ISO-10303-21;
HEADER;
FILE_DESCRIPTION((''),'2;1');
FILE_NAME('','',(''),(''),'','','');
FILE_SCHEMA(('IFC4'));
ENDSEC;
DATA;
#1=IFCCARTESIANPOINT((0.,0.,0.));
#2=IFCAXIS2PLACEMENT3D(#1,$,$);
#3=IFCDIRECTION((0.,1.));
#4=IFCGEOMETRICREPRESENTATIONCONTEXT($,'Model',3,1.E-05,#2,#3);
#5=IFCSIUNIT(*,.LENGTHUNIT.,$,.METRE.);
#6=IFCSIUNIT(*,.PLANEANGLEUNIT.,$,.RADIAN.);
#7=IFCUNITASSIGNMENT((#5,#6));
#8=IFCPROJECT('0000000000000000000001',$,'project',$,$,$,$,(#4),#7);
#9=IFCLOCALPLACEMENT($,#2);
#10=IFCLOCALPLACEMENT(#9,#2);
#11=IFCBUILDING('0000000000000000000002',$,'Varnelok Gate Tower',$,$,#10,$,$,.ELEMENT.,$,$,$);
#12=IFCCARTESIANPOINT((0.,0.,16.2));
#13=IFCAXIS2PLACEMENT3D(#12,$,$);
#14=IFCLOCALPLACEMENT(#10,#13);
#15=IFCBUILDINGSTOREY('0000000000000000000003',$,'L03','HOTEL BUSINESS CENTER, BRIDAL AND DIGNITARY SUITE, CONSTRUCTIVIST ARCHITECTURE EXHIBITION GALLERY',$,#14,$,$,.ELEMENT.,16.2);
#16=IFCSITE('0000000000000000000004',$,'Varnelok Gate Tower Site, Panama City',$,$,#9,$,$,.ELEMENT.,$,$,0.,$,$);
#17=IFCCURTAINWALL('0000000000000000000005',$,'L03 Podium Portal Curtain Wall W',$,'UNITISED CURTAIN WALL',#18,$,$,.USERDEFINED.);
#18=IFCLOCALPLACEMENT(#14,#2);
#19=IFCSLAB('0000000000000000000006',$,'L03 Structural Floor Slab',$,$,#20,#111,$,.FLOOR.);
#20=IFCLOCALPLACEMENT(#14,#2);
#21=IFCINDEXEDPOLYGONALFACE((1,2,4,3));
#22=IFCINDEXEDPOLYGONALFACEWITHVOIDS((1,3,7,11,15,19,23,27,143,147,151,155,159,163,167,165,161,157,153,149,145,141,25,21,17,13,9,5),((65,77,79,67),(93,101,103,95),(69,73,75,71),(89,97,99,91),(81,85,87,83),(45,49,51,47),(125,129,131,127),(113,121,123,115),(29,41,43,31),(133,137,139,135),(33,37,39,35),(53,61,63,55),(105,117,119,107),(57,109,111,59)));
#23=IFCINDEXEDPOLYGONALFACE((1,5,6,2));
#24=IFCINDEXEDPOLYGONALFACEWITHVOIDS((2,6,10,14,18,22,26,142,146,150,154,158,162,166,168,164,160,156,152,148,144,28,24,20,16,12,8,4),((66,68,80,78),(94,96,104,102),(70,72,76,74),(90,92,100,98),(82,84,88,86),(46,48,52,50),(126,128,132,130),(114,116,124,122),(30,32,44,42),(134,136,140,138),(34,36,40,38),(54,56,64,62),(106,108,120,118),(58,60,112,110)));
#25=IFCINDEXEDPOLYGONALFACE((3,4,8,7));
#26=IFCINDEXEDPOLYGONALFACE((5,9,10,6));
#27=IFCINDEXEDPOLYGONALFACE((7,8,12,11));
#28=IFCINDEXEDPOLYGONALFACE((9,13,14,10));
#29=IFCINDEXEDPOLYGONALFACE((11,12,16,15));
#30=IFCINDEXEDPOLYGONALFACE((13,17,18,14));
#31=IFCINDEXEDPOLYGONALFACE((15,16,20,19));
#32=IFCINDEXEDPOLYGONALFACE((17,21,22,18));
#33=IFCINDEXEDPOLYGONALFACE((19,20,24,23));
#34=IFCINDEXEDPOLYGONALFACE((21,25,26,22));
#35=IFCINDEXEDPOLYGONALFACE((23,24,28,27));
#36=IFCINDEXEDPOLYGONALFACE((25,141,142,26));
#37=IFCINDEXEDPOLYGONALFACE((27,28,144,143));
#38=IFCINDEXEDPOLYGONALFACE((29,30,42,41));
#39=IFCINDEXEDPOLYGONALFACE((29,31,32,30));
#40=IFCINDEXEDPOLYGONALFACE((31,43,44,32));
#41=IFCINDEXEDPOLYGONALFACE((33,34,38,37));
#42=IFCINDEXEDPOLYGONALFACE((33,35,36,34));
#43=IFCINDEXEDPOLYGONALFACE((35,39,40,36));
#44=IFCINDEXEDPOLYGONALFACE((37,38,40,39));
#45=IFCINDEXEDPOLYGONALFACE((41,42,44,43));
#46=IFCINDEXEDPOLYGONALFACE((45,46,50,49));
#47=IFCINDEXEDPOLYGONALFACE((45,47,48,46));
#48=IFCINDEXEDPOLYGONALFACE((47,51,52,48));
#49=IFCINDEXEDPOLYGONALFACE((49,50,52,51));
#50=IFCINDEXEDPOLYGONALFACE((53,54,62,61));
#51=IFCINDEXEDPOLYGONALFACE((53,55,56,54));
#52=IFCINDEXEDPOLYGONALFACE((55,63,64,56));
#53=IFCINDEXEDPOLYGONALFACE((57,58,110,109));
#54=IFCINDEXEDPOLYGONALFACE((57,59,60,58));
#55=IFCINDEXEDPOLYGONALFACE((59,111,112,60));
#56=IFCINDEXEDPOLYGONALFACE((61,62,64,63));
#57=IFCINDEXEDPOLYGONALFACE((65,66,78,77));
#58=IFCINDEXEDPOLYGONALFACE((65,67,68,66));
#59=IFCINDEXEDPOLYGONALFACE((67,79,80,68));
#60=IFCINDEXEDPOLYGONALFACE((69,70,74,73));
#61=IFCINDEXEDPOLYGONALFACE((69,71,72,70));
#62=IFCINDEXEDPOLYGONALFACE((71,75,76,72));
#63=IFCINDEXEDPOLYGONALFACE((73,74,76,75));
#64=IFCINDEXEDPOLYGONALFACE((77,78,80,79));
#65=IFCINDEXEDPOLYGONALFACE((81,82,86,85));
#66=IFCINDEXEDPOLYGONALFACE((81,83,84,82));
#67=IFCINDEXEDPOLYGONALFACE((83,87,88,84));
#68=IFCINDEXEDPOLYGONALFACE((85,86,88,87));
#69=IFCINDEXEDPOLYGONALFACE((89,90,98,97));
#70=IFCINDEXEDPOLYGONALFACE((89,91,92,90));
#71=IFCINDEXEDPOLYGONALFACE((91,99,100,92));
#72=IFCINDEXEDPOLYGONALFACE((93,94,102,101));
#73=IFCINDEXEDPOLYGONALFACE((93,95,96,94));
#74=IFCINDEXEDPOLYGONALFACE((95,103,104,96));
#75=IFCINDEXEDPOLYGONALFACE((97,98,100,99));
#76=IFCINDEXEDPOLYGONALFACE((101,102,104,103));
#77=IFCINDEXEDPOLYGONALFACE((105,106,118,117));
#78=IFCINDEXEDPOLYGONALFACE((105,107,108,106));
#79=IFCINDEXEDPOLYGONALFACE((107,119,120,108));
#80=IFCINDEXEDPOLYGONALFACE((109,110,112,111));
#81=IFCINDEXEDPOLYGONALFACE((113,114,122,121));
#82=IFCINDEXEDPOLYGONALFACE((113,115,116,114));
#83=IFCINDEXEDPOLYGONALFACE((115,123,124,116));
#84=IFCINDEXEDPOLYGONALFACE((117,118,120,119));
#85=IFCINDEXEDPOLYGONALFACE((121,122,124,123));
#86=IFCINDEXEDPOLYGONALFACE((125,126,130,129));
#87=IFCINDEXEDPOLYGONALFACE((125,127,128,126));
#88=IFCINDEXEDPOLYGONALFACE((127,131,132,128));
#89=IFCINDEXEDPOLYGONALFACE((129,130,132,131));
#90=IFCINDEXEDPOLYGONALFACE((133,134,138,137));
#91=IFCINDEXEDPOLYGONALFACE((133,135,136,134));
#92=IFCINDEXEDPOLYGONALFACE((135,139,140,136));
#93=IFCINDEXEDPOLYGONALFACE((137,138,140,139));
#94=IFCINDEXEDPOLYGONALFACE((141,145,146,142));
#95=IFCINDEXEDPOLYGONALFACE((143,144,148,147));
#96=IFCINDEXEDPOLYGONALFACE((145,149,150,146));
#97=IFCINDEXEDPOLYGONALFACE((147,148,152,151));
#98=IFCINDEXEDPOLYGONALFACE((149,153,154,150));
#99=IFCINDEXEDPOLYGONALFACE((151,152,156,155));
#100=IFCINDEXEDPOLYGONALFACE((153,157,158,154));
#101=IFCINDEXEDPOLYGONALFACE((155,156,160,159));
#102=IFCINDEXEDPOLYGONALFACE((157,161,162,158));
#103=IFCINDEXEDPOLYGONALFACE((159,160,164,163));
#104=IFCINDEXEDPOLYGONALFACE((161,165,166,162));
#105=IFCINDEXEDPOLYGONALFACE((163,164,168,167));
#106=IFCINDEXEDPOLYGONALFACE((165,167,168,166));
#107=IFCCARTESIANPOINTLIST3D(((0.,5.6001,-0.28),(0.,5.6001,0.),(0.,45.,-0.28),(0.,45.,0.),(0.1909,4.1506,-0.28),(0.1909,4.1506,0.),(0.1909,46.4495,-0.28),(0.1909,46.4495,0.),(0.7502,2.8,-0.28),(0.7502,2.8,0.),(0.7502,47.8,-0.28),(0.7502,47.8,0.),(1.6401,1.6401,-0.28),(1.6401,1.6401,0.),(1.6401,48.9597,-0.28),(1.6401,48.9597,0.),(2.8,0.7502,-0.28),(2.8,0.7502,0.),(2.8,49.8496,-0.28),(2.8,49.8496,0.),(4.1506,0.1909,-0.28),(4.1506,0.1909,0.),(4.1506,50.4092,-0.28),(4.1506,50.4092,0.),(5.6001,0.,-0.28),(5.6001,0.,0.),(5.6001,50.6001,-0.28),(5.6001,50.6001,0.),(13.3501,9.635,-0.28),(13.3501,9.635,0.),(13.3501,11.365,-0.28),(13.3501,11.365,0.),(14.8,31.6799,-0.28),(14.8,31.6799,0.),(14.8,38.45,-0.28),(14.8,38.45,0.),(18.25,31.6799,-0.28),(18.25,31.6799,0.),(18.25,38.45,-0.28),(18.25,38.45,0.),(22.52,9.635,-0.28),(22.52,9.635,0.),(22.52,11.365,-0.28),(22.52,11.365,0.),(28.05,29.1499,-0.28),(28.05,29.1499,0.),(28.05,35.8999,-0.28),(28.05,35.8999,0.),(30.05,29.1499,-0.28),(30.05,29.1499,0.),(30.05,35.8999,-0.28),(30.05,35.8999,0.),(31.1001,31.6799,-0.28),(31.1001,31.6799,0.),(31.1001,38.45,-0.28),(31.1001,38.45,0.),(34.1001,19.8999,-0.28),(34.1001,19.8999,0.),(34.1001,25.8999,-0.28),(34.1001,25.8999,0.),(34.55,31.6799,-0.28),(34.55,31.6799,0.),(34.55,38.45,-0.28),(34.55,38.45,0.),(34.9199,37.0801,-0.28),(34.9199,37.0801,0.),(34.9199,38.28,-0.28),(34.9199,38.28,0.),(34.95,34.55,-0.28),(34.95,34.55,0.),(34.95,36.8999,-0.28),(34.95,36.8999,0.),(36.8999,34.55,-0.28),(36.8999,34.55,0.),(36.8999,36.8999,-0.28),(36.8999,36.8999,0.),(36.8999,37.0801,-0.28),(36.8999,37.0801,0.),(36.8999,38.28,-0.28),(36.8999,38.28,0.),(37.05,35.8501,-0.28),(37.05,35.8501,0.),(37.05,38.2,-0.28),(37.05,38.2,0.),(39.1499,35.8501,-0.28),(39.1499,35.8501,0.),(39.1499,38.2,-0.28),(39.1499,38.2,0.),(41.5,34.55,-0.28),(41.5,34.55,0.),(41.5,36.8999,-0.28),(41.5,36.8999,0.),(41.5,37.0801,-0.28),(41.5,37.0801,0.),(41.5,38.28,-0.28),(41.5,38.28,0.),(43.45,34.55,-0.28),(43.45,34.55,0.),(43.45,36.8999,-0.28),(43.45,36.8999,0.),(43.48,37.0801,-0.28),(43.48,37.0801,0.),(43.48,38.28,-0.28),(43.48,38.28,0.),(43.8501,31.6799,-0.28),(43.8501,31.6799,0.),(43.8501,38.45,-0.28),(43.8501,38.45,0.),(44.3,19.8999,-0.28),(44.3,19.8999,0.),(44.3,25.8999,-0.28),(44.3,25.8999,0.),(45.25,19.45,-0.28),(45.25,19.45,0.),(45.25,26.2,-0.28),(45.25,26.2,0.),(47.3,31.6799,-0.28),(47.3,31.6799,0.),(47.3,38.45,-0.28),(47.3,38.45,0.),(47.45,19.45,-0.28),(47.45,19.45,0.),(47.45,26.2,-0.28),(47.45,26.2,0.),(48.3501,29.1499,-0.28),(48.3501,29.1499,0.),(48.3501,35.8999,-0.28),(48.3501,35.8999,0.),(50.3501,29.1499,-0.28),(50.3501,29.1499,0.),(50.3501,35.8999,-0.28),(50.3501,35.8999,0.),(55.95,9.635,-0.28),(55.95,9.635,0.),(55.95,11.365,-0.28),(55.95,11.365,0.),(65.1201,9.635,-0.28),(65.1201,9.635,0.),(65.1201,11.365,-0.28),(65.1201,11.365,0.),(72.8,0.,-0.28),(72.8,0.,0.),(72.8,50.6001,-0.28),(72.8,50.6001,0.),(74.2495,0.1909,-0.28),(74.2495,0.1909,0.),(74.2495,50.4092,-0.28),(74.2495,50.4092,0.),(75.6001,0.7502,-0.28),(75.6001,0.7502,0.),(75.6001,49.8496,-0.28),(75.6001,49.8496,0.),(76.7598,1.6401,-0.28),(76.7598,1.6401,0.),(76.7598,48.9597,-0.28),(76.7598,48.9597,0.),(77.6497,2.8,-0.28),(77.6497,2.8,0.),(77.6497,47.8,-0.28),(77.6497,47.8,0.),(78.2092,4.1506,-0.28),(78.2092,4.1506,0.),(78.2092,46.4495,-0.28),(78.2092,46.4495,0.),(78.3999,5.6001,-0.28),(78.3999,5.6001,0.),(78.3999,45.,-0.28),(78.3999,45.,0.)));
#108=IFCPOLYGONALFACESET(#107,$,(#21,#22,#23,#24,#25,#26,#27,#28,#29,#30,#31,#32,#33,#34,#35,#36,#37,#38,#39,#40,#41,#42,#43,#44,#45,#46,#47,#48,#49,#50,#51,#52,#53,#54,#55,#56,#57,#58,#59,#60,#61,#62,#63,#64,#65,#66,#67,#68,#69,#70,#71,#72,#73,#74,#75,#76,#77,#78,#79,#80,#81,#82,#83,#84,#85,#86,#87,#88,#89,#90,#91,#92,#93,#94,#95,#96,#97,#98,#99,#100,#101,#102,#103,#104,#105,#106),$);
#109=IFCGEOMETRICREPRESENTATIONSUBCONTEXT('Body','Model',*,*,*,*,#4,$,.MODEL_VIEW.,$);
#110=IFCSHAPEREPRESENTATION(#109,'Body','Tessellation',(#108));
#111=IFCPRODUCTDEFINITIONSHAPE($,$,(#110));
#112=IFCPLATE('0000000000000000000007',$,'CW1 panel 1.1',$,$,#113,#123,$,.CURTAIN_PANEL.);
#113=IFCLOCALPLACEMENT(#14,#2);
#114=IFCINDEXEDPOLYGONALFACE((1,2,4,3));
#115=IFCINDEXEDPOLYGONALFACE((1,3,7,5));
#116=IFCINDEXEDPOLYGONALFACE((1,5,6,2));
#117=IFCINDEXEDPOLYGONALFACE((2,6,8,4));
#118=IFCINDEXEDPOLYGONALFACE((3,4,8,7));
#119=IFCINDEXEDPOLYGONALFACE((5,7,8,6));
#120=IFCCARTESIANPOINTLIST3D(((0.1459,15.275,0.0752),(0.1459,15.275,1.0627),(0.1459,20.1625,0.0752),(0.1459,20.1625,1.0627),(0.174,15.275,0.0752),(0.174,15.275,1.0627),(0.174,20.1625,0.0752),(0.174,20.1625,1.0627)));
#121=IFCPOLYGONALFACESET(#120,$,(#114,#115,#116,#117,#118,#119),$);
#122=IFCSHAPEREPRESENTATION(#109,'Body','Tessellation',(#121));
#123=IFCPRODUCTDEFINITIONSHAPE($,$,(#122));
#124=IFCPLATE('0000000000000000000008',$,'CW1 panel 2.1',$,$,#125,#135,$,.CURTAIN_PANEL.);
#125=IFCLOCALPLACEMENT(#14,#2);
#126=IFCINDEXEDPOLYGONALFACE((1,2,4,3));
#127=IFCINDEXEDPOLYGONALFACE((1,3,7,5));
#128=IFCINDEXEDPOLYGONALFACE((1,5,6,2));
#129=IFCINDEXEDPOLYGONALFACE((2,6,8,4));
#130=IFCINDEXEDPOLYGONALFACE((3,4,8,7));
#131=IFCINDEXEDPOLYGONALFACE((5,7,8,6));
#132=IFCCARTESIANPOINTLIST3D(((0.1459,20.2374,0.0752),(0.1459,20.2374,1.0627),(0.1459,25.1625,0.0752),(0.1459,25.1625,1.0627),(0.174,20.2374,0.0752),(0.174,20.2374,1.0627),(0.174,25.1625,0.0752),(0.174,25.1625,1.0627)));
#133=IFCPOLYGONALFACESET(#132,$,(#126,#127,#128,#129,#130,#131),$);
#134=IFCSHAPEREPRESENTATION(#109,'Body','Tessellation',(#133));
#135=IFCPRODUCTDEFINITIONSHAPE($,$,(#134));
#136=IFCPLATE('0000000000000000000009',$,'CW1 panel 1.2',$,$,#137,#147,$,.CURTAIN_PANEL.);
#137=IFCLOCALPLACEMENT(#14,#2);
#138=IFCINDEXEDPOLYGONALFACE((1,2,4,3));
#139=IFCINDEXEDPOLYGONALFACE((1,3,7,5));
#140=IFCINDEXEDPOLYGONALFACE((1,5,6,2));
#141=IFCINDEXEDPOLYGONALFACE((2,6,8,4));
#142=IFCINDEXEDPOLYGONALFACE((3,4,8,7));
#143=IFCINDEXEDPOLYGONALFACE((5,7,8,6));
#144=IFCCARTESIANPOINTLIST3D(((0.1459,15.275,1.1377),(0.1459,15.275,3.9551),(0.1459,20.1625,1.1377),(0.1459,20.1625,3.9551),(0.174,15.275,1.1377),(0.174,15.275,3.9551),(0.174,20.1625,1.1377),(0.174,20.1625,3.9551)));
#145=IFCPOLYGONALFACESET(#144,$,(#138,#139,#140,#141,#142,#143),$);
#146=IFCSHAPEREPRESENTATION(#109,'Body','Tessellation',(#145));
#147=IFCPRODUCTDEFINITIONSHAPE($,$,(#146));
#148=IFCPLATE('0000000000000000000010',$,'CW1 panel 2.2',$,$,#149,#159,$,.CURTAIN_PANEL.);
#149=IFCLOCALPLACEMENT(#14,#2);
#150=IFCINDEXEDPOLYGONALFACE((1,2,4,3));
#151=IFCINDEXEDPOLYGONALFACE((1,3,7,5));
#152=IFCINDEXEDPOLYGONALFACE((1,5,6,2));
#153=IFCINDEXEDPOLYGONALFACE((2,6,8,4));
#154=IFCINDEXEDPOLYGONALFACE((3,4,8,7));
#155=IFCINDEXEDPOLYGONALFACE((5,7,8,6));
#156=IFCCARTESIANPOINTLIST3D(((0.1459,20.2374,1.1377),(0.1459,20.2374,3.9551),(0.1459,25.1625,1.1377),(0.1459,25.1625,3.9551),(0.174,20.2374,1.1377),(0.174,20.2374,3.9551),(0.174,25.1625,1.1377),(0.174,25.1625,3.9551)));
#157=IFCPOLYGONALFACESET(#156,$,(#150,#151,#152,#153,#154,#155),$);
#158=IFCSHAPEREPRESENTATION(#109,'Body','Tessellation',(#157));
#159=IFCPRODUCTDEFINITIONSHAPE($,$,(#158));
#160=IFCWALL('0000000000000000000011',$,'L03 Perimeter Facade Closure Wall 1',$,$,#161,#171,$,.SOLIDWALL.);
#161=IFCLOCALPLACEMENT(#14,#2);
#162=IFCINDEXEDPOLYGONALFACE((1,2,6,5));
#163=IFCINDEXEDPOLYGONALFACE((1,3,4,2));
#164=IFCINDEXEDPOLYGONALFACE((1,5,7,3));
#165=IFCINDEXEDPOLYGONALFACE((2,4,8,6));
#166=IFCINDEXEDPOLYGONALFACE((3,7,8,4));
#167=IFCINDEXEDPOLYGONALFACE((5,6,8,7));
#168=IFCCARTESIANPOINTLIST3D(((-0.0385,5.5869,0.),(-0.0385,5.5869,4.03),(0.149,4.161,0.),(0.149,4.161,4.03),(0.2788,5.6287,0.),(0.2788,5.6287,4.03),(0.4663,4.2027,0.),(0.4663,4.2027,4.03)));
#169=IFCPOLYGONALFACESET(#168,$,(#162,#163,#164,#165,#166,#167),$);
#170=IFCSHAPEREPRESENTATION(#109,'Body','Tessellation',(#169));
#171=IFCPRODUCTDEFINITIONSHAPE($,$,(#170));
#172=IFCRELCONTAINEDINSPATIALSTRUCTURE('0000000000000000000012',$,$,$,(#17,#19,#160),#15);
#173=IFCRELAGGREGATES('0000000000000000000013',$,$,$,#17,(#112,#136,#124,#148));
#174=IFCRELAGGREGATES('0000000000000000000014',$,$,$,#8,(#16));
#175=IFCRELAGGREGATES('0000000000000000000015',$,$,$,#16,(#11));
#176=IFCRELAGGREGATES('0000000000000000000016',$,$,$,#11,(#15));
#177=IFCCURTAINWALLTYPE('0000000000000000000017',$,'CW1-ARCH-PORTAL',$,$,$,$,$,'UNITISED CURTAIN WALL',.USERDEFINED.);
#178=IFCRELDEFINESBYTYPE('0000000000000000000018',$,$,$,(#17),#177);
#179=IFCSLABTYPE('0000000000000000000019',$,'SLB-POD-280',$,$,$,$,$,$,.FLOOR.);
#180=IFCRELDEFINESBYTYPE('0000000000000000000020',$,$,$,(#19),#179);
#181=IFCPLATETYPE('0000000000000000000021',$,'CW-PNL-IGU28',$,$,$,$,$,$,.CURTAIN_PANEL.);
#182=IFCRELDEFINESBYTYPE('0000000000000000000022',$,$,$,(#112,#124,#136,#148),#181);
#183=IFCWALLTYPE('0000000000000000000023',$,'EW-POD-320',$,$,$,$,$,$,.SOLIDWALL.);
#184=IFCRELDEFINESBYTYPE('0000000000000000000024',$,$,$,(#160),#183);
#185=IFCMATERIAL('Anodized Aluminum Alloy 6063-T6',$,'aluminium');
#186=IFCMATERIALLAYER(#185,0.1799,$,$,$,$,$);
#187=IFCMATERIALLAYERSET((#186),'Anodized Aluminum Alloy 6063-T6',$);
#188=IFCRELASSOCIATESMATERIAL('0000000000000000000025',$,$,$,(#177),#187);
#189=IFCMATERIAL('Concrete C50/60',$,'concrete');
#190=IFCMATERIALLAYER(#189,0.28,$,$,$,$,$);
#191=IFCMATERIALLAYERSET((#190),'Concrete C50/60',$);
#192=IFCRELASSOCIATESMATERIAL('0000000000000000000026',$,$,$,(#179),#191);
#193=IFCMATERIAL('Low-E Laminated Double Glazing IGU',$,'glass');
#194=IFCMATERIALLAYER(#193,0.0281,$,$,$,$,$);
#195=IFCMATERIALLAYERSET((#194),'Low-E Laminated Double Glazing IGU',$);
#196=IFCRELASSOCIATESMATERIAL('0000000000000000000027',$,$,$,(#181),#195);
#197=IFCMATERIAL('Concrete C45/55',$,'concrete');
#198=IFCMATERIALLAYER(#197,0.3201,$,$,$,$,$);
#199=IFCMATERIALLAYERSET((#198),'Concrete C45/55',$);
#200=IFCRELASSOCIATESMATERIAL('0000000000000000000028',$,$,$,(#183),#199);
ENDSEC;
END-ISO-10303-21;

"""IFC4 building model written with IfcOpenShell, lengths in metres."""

from ifc_helpers import new_model, si_unit, direction, frame, frame_2d, origin, origin_2d, place, context, subcontext, project, spatial, polyline, rectangle, outline, extrude, source, transform, mapped, material, layer, layer_set, type_object, element, aggregate, save


model = new_model("IFC4")

# Units and contexts
model_context = context("Model", 3, precision=1e-05, world=origin(), true_north=direction((0.0, 1.0)))
body_context = subcontext(model_context, "Body", "Model", "MODEL_VIEW")
ifc_project = project(units=[si_unit("LENGTHUNIT", "METRE"), si_unit("PLANEANGLEUNIT", "RADIAN")], contexts=[model_context])

# Site, building, storey
site_placement = place(None, origin())
site = spatial("IfcSite", under=ifc_project, at=site_placement, Name="Varnelok Gate Tower Site, Panama City", CompositionType="ELEMENT", RefElevation=0.0)
building_placement = place(site_placement, origin())
building = spatial("IfcBuilding", under=site, at=building_placement, Name="Varnelok Gate Tower", CompositionType="ELEMENT")
storey_placement = place(building_placement, frame((0.0, 0.0, 16.2)))
storey = spatial("IfcBuildingStorey", under=building, at=storey_placement, Name="L03", Description="HOTEL BUSINESS CENTER, BRIDAL AND DIGNITARY SUITE, CONSTRUCTIVIST ARCHITECTURE EXHIBITION GALLERY", CompositionType="ELEMENT", Elevation=16.2)

# Curtain wall
ifc_material_1 = material(Name="Anodized Aluminum Alloy 6063-T6", Category="aluminium")
ifc_layer_1 = layer(ifc_material_1, 0.1799)
ifc_layer_set_1 = layer_set([ifc_layer_1], Name="Anodized Aluminum Alloy 6063-T6")
curtain_wall_type = type_object("IfcCurtainWallType", Name="CW1-ARCH-PORTAL", ElementType="UNITISED CURTAIN WALL", PredefinedType="USERDEFINED", material=ifc_layer_set_1)
curtain_wall_placement = place(storey_placement, origin())
curtain_wall = element("IfcCurtainWall", 1, at=curtain_wall_placement, inside=storey, type_object=curtain_wall_type, Name="L03 Podium Portal Curtain Wall W", ObjectType="UNITISED CURTAIN WALL", PredefinedType="USERDEFINED")

# Shared definitions
ifc_material_2 = material(Name="Concrete C50/60", Category="concrete")
ifc_material_3 = material(Name="Concrete C45/55", Category="concrete")

# Slab
ifc_layer_2 = layer(ifc_material_2, 0.28)
ifc_layer_set_2 = layer_set([ifc_layer_2], Name="Concrete C50/60")
slab_type_1 = type_object("IfcSlabType", Name="SLB-POD-280", PredefinedType="FLOOR", material=ifc_layer_set_2)
slab_1_placement = place(storey_placement, frame((0.0, 0.0, -0.28)))
element("IfcSlab", 2, at=slab_1_placement, inside=storey, type_object=slab_type_1, Name="L03 Structural Floor Slab", PredefinedType="FLOOR", context=body_context, shape_type="SweptSolid", body=[
    extrude(outline(polyline([(0.0, 5.6001), (0.1909, 4.1506), (0.7502, 2.8), (1.6401, 1.6401), (2.8, 0.7502), (4.1506, 0.1909), (5.6001, 0.0), (72.8, 0.0), (74.2495, 0.1909), (75.6001, 0.7502), (76.7598, 1.6401), (77.6497, 2.8), (78.2092, 4.1506), (78.3999, 5.6001), (78.3999, 45.0), (78.2092, 46.4495), (77.6497, 47.8), (76.7598, 48.9597), (75.6001, 49.8496), (74.2495, 50.4092), (72.8, 50.6001), (5.6001, 50.6001), (4.1506, 50.4092), (2.8, 49.8496), (1.6401, 48.9597), (0.7502, 47.8), (0.1909, 46.4495), (0.0, 45.0), (0.0, 5.6001)]), holes=[polyline([(34.55, 31.6799), (34.55, 38.45), (31.1001, 38.45), (31.1001, 31.6799), (34.55, 31.6799)]), polyline([(47.3, 31.6799), (47.3, 38.45), (43.8501, 38.45), (43.8501, 31.6799), (47.3, 31.6799)]), polyline([(18.25, 31.6799), (18.25, 38.45), (14.8, 38.45), (14.8, 31.6799), (18.25, 31.6799)]), polyline([(13.3501, 9.635), (22.52, 9.635), (22.52, 11.365), (13.3501, 11.365), (13.3501, 9.635)]), polyline([(55.95, 9.635), (65.1201, 9.635), (65.1201, 11.365), (55.95, 11.365), (55.95, 9.635)]), polyline([(34.95, 34.55), (36.8999, 34.55), (36.8999, 36.8999), (34.95, 36.8999), (34.95, 34.55)]), polyline([(41.5, 34.55), (43.45, 34.55), (43.45, 36.8999), (41.5, 36.8999), (41.5, 34.55)]), polyline([(37.05, 35.8501), (39.1499, 35.8501), (39.1499, 38.2), (37.05, 38.2), (37.05, 35.8501)]), polyline([(28.05, 29.1499), (30.05, 29.1499), (30.05, 35.8999), (28.05, 35.8999), (28.05, 29.1499)]), polyline([(48.3501, 29.1499), (50.3501, 29.1499), (50.3501, 35.8999), (48.3501, 35.8999), (48.3501, 29.1499)]), polyline([(45.25, 19.45), (47.45, 19.45), (47.45, 26.2), (45.25, 26.2), (45.25, 19.45)]), polyline([(34.9199, 37.0801), (36.8999, 37.0801), (36.8999, 38.28), (34.9199, 38.28), (34.9199, 37.0801)]), polyline([(41.5, 37.0801), (43.48, 37.0801), (43.48, 38.28), (41.5, 38.28), (41.5, 37.0801)]), polyline([(34.1001, 19.8999), (44.3, 19.8999), (44.3, 25.8999), (34.1001, 25.8999), (34.1001, 19.8999)])]), origin(), (0.0, 0.0, 1.0), 0.28),
])

# Plates
ifc_material_4 = material(Name="Low-E Laminated Double Glazing IGU", Category="glass")
ifc_layer_3 = layer(ifc_material_4, 0.0281)
ifc_layer_set_3 = layer_set([ifc_layer_3], Name="Low-E Laminated Double Glazing IGU")
plate_type = type_object("IfcPlateType", Name="CW-PNL-IGU28", PredefinedType="CURTAIN_PANEL", material=ifc_layer_set_3)
shared_shape_1 = source(origin(), body_context, "Body", "SweptSolid", [
    extrude(rectangle(XDim=4.8875, YDim=0.0281, at=origin_2d()), origin(), (0.0, 0.0, 1.0), 0.9875),
])
plate_1_placement = place(storey_placement, frame((0.1599, 17.7188, 0.0752), z_axis=(0.0, 0.0, 1.0), x_axis=(0.0, 1.0, 0.0)))
plate_1 = element("IfcPlate", 3, at=plate_1_placement, type_object=plate_type, Name="CW1 panel 1.1", PredefinedType="CURTAIN_PANEL", context=body_context, shape_type="MappedRepresentation", body=[
    mapped(shared_shape_1, transform((0.0, 0.0, 0.0), scale=1.0)),
])
shared_shape_2 = source(origin(), body_context, "Body", "SweptSolid", [
    extrude(rectangle(XDim=4.925, YDim=0.0281, at=origin_2d()), origin(), (0.0, 0.0, 1.0), 0.9875),
])
plate_2_placement = place(storey_placement, frame((0.1599, 22.7, 0.0752), z_axis=(0.0, 0.0, 1.0), x_axis=(0.0, 1.0, 0.0)))
plate_2 = element("IfcPlate", 4, at=plate_2_placement, type_object=plate_type, Name="CW1 panel 2.1", PredefinedType="CURTAIN_PANEL", context=body_context, shape_type="MappedRepresentation", body=[
    mapped(shared_shape_2, transform((0.0, 0.0, 0.0), scale=1.0)),
])
shared_shape_3 = source(origin(), body_context, "Body", "SweptSolid", [
    extrude(rectangle(XDim=4.8875, YDim=0.0281, at=origin_2d()), origin(), (0.0, 0.0, 1.0), 2.8174),
])
plate_3_placement = place(storey_placement, frame((0.1599, 17.7188, 1.1377), z_axis=(0.0, 0.0, 1.0), x_axis=(0.0, 1.0, 0.0)))
plate_3 = element("IfcPlate", 5, at=plate_3_placement, type_object=plate_type, Name="CW1 panel 1.2", PredefinedType="CURTAIN_PANEL", context=body_context, shape_type="MappedRepresentation", body=[
    mapped(shared_shape_3, transform((0.0, 0.0, 0.0), scale=1.0)),
])
shared_shape_4 = source(origin(), body_context, "Body", "SweptSolid", [
    extrude(rectangle(XDim=4.925, YDim=0.0281, at=origin_2d()), origin(), (0.0, 0.0, 1.0), 2.8174),
])
plate_4_placement = place(storey_placement, frame((0.1599, 22.7, 1.1377), z_axis=(0.0, 0.0, 1.0), x_axis=(0.0, 1.0, 0.0)))
plate_4 = element("IfcPlate", 6, at=plate_4_placement, type_object=plate_type, Name="CW1 panel 2.2", PredefinedType="CURTAIN_PANEL", context=body_context, shape_type="MappedRepresentation", body=[
    mapped(shared_shape_4, transform((0.0, 0.0, 0.0), scale=1.0)),
])
aggregate(curtain_wall, [plate_1, plate_3, plate_2, plate_4])

# Wall
ifc_layer_4 = layer(ifc_material_3, 0.3201)
ifc_layer_set_4 = layer_set([ifc_layer_4], Name="Concrete C45/55")
wall_type_1 = type_object("IfcWallType", Name="EW-POD-320", PredefinedType="SOLIDWALL", material=ifc_layer_set_4)
wall_1_placement = place(storey_placement, frame((0.1201, 5.6079, 0.0), z_axis=(0.0, 0.0, 1.0), x_axis=(0.130362, -0.991466, 0.0)))
element("IfcWall", 7, at=wall_1_placement, inside=storey, type_object=wall_type_1, Name="L03 Perimeter Facade Closure Wall 1", PredefinedType="SOLIDWALL", context=body_context, shape_type="SweptSolid", body=[
    extrude(rectangle(XDim=1.4382, YDim=0.3201, at=frame_2d((0.7192, 0.0))), origin(), (0.0, 0.0, 1.0), 4.03),
])

save(model, "model.ifc")
